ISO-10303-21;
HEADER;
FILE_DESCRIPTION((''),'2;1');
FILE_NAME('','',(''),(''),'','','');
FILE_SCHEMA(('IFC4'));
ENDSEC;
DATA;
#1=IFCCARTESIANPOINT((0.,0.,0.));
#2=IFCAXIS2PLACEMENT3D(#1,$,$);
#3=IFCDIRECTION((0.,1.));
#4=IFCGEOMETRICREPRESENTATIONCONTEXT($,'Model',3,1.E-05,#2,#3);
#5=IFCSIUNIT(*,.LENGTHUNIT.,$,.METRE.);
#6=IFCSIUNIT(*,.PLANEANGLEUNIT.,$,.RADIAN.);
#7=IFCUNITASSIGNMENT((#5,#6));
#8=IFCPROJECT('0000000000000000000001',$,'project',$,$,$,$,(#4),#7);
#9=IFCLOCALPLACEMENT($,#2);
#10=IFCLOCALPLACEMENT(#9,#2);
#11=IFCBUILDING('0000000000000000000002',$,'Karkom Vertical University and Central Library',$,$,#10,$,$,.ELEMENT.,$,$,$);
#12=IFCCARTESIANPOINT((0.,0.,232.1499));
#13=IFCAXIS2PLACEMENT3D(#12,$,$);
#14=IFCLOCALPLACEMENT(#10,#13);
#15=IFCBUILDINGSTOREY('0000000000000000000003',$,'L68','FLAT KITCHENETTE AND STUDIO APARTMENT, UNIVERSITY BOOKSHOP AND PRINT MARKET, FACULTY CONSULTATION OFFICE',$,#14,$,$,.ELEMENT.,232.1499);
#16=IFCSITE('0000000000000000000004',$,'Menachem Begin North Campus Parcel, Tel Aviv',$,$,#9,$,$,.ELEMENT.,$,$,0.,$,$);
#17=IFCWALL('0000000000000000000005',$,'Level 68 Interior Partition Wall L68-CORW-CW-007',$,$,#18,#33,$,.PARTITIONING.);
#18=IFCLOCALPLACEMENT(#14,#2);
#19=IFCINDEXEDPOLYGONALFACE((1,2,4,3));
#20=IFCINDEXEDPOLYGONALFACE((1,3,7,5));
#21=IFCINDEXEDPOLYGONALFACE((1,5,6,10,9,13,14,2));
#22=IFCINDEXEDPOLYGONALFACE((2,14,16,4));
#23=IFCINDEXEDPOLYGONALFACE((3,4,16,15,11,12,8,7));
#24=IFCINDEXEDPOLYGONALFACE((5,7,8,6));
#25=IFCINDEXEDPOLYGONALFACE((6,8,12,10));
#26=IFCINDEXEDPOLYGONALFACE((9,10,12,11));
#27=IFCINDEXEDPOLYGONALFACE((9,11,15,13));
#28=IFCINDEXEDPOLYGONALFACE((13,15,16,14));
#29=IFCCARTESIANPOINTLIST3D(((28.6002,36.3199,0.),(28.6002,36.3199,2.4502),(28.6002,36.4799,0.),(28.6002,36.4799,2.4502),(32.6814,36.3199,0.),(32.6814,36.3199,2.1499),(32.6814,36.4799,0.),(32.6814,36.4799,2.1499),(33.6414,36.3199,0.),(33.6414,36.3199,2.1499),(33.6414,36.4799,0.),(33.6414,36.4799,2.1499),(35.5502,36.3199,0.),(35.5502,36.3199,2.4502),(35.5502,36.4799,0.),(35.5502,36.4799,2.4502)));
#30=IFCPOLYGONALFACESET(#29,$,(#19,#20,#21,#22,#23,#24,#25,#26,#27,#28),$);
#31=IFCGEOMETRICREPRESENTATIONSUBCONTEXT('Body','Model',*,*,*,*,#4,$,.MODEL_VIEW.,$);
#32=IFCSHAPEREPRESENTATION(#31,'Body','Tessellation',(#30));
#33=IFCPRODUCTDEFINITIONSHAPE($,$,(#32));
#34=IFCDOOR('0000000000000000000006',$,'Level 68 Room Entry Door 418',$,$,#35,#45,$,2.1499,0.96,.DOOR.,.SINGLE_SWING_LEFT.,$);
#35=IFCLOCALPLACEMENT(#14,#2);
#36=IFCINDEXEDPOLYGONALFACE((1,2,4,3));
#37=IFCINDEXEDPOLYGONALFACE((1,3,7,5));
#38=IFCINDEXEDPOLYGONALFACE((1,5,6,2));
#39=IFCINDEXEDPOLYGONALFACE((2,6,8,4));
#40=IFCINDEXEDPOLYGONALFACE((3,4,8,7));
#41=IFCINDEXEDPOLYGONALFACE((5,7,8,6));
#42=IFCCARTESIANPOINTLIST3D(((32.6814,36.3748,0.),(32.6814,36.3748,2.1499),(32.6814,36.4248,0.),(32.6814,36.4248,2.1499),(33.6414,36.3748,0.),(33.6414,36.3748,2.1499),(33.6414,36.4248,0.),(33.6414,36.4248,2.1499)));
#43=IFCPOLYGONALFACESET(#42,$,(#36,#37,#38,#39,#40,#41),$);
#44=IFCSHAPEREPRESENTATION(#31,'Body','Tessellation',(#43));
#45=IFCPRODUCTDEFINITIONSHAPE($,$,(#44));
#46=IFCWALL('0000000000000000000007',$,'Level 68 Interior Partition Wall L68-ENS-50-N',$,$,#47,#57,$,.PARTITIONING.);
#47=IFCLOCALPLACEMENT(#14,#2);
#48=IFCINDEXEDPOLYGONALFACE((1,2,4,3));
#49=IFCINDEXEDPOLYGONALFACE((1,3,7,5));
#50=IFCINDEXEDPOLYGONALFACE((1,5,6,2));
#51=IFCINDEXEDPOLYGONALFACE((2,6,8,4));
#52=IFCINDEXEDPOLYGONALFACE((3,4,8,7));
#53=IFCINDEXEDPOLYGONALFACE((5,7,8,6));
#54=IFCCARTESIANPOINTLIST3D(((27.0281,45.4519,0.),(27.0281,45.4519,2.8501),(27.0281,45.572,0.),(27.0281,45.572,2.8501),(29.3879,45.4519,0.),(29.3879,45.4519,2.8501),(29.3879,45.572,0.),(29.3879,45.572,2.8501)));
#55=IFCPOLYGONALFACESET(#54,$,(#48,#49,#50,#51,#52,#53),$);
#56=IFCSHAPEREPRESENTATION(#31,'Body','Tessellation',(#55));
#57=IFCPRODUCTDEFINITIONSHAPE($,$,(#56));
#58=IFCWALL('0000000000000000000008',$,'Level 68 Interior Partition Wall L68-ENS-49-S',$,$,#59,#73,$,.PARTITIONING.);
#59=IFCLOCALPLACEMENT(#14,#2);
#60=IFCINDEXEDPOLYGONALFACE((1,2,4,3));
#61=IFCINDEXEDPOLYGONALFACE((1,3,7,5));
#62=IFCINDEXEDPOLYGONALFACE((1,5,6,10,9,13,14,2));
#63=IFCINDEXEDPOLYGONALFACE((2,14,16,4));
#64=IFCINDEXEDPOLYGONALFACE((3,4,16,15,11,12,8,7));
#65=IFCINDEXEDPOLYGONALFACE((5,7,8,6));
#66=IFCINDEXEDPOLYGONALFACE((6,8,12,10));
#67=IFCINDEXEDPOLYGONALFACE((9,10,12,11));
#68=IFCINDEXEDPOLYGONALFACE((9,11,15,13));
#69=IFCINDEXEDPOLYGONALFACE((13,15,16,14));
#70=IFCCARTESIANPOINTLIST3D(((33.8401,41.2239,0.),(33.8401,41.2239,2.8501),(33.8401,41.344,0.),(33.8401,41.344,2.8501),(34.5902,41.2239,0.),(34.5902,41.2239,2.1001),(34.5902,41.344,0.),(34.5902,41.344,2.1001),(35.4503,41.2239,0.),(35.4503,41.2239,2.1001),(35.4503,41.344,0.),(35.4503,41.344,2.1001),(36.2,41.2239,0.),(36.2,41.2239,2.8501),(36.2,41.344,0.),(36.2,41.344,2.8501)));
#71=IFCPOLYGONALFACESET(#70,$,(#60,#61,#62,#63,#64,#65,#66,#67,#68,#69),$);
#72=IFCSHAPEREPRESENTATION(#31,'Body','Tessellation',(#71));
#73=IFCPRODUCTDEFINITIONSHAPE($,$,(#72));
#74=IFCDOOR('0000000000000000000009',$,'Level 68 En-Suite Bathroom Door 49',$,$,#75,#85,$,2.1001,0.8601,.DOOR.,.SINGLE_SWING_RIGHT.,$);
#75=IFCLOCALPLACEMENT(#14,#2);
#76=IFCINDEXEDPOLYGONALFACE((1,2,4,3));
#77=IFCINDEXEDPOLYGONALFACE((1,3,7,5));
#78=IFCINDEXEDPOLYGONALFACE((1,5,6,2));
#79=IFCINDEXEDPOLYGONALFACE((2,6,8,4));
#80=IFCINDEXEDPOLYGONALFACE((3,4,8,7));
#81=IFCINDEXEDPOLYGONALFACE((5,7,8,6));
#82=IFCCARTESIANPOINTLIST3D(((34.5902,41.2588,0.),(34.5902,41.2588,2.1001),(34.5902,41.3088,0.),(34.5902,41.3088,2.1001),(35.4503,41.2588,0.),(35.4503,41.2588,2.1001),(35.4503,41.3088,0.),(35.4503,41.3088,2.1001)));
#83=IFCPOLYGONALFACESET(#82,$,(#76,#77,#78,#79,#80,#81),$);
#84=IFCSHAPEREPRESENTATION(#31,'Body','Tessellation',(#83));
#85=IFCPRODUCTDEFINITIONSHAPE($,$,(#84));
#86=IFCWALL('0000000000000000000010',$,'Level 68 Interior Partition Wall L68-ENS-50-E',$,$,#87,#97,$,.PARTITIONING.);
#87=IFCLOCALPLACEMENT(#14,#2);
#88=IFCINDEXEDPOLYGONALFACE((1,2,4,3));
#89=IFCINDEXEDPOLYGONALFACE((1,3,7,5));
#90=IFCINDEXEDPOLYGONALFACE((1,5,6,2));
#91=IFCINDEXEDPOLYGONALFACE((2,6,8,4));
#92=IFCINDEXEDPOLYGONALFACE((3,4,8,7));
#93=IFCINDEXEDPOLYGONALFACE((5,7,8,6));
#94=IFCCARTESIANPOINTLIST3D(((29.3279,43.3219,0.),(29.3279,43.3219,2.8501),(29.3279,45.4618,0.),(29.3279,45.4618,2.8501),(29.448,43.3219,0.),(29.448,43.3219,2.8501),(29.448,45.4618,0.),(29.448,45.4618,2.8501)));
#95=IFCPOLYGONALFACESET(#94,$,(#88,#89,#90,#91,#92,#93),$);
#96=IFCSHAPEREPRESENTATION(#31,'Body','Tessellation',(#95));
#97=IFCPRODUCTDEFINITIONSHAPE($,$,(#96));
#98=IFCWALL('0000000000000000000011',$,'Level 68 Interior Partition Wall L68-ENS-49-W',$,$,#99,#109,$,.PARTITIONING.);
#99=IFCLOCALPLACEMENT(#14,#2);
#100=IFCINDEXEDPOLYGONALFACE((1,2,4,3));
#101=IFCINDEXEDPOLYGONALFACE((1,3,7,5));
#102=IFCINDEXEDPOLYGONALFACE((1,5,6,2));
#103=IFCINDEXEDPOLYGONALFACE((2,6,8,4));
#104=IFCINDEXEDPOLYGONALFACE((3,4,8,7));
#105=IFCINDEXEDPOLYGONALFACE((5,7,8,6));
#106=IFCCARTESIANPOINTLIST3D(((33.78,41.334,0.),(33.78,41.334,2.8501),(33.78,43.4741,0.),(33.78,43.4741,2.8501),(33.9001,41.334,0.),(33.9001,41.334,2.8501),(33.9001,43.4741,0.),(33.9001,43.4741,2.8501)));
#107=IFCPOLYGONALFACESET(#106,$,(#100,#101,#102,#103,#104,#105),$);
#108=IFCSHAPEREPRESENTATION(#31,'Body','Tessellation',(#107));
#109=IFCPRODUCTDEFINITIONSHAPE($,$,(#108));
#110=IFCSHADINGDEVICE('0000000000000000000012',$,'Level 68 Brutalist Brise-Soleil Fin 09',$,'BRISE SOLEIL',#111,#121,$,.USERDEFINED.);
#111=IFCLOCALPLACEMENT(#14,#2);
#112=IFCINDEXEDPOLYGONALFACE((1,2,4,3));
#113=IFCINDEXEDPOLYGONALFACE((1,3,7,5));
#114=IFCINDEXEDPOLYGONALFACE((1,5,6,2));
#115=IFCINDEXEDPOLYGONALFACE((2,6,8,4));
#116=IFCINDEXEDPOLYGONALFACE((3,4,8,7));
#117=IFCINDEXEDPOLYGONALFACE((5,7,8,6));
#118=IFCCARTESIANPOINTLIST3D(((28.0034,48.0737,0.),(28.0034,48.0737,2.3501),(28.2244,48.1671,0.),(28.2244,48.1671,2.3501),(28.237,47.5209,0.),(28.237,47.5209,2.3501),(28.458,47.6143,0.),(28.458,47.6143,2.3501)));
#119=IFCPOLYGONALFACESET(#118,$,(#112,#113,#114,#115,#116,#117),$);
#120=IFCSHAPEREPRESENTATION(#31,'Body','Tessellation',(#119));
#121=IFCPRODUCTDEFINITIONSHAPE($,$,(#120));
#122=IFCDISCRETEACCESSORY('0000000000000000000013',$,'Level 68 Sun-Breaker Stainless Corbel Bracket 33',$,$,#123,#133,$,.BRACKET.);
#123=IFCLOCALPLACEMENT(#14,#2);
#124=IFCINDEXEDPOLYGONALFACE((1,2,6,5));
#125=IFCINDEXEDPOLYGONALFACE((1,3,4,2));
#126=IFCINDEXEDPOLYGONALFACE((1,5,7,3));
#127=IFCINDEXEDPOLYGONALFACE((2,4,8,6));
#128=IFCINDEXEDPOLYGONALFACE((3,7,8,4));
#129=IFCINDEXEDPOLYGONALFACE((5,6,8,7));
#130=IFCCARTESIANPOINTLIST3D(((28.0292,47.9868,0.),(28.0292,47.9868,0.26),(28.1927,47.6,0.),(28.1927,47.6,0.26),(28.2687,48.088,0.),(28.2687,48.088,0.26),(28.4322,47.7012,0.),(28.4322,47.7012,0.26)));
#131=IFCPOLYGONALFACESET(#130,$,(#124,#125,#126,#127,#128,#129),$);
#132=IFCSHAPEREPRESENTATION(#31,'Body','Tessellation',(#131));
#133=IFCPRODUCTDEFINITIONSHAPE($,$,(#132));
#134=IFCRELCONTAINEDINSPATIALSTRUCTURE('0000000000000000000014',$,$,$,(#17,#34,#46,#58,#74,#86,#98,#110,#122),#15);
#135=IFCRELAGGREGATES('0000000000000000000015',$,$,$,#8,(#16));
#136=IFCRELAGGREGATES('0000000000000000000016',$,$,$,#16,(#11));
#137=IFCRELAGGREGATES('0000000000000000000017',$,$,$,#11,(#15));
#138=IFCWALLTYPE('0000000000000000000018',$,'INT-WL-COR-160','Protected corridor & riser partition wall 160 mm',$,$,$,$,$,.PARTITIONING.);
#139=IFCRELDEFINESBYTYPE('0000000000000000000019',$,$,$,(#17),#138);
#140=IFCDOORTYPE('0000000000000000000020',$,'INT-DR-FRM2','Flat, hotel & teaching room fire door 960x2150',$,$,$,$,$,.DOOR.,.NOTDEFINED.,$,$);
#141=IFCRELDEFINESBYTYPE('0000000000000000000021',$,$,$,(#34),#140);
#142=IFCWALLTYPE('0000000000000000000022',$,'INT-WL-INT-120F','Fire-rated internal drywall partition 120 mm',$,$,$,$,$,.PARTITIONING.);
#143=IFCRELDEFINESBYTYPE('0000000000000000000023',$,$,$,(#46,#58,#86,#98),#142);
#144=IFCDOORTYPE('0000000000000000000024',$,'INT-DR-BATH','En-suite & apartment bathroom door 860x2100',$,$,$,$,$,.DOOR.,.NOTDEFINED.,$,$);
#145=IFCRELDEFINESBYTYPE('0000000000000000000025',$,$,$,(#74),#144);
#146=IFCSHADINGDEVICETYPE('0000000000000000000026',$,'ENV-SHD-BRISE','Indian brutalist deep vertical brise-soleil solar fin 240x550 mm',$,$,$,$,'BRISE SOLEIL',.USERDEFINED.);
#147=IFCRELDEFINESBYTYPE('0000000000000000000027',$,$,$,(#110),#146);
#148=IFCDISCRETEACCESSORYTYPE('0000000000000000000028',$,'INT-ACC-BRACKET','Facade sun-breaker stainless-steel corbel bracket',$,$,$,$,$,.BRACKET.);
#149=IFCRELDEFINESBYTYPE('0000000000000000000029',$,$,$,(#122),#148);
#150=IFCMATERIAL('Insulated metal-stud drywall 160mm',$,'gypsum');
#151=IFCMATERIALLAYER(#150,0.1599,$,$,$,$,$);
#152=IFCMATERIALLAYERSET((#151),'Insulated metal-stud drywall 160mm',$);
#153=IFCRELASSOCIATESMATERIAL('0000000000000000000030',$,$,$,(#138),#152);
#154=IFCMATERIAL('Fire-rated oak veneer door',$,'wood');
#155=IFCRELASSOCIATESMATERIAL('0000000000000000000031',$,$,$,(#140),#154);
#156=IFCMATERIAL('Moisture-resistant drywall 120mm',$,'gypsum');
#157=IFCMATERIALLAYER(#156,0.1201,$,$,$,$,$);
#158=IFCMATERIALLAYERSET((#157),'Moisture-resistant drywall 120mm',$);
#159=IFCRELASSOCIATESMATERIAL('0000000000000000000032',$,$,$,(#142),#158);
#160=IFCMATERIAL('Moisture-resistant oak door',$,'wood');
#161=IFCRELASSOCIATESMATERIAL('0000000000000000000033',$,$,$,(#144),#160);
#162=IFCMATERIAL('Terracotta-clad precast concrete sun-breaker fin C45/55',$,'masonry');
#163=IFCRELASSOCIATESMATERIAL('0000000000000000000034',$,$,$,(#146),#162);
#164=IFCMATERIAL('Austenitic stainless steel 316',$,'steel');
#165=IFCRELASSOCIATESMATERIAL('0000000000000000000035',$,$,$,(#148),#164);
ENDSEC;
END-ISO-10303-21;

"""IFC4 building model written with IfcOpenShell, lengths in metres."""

from ifc_helpers import new_model, si_unit, direction, frame, frame_2d, origin, origin_with_axes, origin_2d, place, context, subcontext, project, spatial, rectangle, extrude, source, transform, mapped, material, layer, layer_set, type_object, element, fill, save


model = new_model("IFC4")

# Units and contexts
model_context = context("Model", 3, precision=1e-05, world=origin(), true_north=direction((0.0, 1.0)))
body_context = subcontext(model_context, "Body", "Model", "MODEL_VIEW")
ifc_project = project(units=[si_unit("LENGTHUNIT", "METRE"), si_unit("PLANEANGLEUNIT", "RADIAN")], contexts=[model_context])

# Site, building, storey
site_placement = place(None, origin())
site = spatial("IfcSite", under=ifc_project, at=site_placement, Name="Menachem Begin North Campus Parcel, Tel Aviv", CompositionType="ELEMENT", RefElevation=0.0)
building_placement = place(site_placement, origin())
building = spatial("IfcBuilding", under=site, at=building_placement, Name="Karkom Vertical University and Central Library", CompositionType="ELEMENT")
storey_placement = place(building_placement, frame((0.0, 0.0, 232.1499)))
storey = spatial("IfcBuildingStorey", under=building, at=storey_placement, Name="L68", Description="FLAT KITCHENETTE AND STUDIO APARTMENT, UNIVERSITY BOOKSHOP AND PRINT MARKET, FACULTY CONSULTATION OFFICE", CompositionType="ELEMENT", Elevation=232.1499)

# Shared definitions
ifc_material_1 = material(Name="Insulated metal-stud drywall 160mm", Category="gypsum")
ifc_layer_1 = layer(ifc_material_1, 0.1599)
ifc_layer_set_1 = layer_set([ifc_layer_1], Name="Insulated metal-stud drywall 160mm")
wall_type_1 = type_object("IfcWallType", Name="INT-WL-COR-160", Description="Protected corridor & riser partition wall 160 mm", PredefinedType="PARTITIONING", material=ifc_layer_set_1)

# Wall, opening, door
wall_1_placement = place(storey_placement, frame((28.6001, 36.3999, 0.0), z_axis=(0.0, 0.0, 1.0), x_axis=(1.0, 0.0, 0.0)))
wall_1 = element("IfcWall", 1, at=wall_1_placement, inside=storey, type_object=wall_type_1, Name="Level 68 Interior Partition Wall L68-CORW-CW-007", PredefinedType="PARTITIONING", context=body_context, shape_type="SweptSolid", body=[
    extrude(rectangle(XDim=6.95, YDim=0.1599, at=frame_2d((3.4751, 0.0))), origin(), (0.0, 0.0, 1.0), 2.4502),
])
opening_1_placement = place(wall_1_placement, frame((4.0813, 0.0, 0.0)))
opening_1 = element("IfcOpeningElement", 2, at=opening_1_placement, cuts=wall_1, PredefinedType="OPENING", context=body_context, shape_type="SweptSolid", body=[
    extrude(rectangle(XDim=0.96, YDim=2.1499, at=frame_2d((0.48, 1.075))), frame((0.0, 0.0898, 0.0), z_axis=(0.0, -1.0, 0.0), x_axis=(1.0, 0.0, 0.0)), (0.0, 0.0, 1.0), 0.1799),
])
ifc_material_2 = material(Name="Fire-rated oak veneer door", Category="wood")
door_type_1 = type_object("IfcDoorType", Name="INT-DR-FRM2", Description="Flat, hotel & teaching room fire door 960x2150", OperationType="NOTDEFINED", PredefinedType="DOOR", material=ifc_material_2)
shared_shape_1 = source(origin_with_axes(), body_context, "Body", "SweptSolid", [
    extrude(rectangle(XDim=0.96, YDim=2.1499, at=frame_2d((0.48, 1.075))), frame((0.0, 0.0249, 0.0), z_axis=(0.0, -1.0, 0.0), x_axis=(1.0, 0.0, 0.0)), (0.0, 0.0, 1.0), 0.05),
])
door_1_placement = place(opening_1_placement, origin())
door_1 = element("IfcDoor", 3, at=door_1_placement, inside=storey, type_object=door_type_1, Name="Level 68 Room Entry Door 418", OperationType="SINGLE_SWING_LEFT", OverallHeight=2.1499, OverallWidth=0.96, PredefinedType="DOOR", context=body_context, shape_type="MappedRepresentation", body=[
    mapped(shared_shape_1, transform((0.0, 0.0, 0.0), scale=1.0)),
])
fill(opening_1, door_1)

# Wall
ifc_material_3 = material(Name="Moisture-resistant drywall 120mm", Category="gypsum")
ifc_layer_2 = layer(ifc_material_3, 0.1201)
ifc_layer_set_2 = layer_set([ifc_layer_2], Name="Moisture-resistant drywall 120mm")
wall_type_2 = type_object("IfcWallType", Name="INT-WL-INT-120F", Description="Fire-rated internal drywall partition 120 mm", PredefinedType="PARTITIONING", material=ifc_layer_set_2)
wall_2_placement = place(storey_placement, frame((29.3879, 45.512, 0.0), z_axis=(0.0, 0.0, 1.0), x_axis=(-1.0, 0.0, 0.0)))
element("IfcWall", 4, at=wall_2_placement, inside=storey, type_object=wall_type_2, Name="Level 68 Interior Partition Wall L68-ENS-50-N", PredefinedType="PARTITIONING", context=body_context, shape_type="SweptSolid", body=[
    extrude(rectangle(XDim=2.3599, YDim=0.1201, at=frame_2d((1.1799, 0.0))), origin(), (0.0, 0.0, 1.0), 2.8501),
])

# Wall, opening, door
wall_3_placement = place(storey_placement, frame((33.8401, 41.2839, 0.0), z_axis=(0.0, 0.0, 1.0), x_axis=(1.0, 0.0, 0.0)))
wall_3 = element("IfcWall", 5, at=wall_3_placement, inside=storey, type_object=wall_type_2, Name="Level 68 Interior Partition Wall L68-ENS-49-S", PredefinedType="PARTITIONING", context=body_context, shape_type="SweptSolid", body=[
    extrude(rectangle(XDim=2.3599, YDim=0.1201, at=frame_2d((1.1799, 0.0))), origin(), (0.0, 0.0, 1.0), 2.8501),
])
opening_2_placement = place(wall_3_placement, frame((0.75, 0.0, 0.0)))
opening_2 = element("IfcOpeningElement", 6, at=opening_2_placement, cuts=wall_3, PredefinedType="OPENING", context=body_context, shape_type="SweptSolid", body=[
    extrude(rectangle(XDim=0.8601, YDim=2.1001, at=frame_2d((0.4302, 1.05))), frame((0.0, 0.0701, 0.0), z_axis=(0.0, -1.0, 0.0), x_axis=(1.0, 0.0, 0.0)), (0.0, 0.0, 1.0), 0.1401),
])
ifc_material_4 = material(Name="Moisture-resistant oak door", Category="wood")
door_type_2 = type_object("IfcDoorType", Name="INT-DR-BATH", Description="En-suite & apartment bathroom door 860x2100", OperationType="NOTDEFINED", PredefinedType="DOOR", material=ifc_material_4)
shared_shape_2 = source(origin_with_axes(), body_context, "Body", "SweptSolid", [
    extrude(rectangle(XDim=0.8601, YDim=2.1001, at=frame_2d((0.4302, 1.05))), frame((0.0, 0.0249, 0.0), z_axis=(0.0, -1.0, 0.0), x_axis=(1.0, 0.0, 0.0)), (0.0, 0.0, 1.0), 0.05),
])
door_2_placement = place(opening_2_placement, origin())
door_2 = element("IfcDoor", 7, at=door_2_placement, inside=storey, type_object=door_type_2, Name="Level 68 En-Suite Bathroom Door 49", OperationType="SINGLE_SWING_RIGHT", OverallHeight=2.1001, OverallWidth=0.8601, PredefinedType="DOOR", context=body_context, shape_type="MappedRepresentation", body=[
    mapped(shared_shape_2, transform((0.0, 0.0, 0.0), scale=1.0)),
])
fill(opening_2, door_2)

# Walls
wall_4_placement = place(storey_placement, frame((29.3879, 43.322, 0.0), z_axis=(0.0, 0.0, 1.0), x_axis=(0.0, 1.0, 0.0)))
element("IfcWall", 8, at=wall_4_placement, inside=storey, type_object=wall_type_2, Name="Level 68 Interior Partition Wall L68-ENS-50-E", PredefinedType="PARTITIONING", context=body_context, shape_type="SweptSolid", body=[
    extrude(rectangle(XDim=2.1399, YDim=0.1201, at=frame_2d((1.0698, 0.0))), origin(), (0.0, 0.0, 1.0), 2.8501),
])
wall_5_placement = place(storey_placement, frame((33.8401, 43.4741, 0.0), z_axis=(0.0, 0.0, 1.0), x_axis=(0.0, -1.0, 0.0)))
element("IfcWall", 9, at=wall_5_placement, inside=storey, type_object=wall_type_2, Name="Level 68 Interior Partition Wall L68-ENS-49-W", PredefinedType="PARTITIONING", context=body_context, shape_type="SweptSolid", body=[
    extrude(rectangle(XDim=2.1401, YDim=0.1201, at=frame_2d((1.0701, 0.0))), origin(), (0.0, 0.0, 1.0), 2.8501),
])

# Shading device
ifc_material_5 = material(Name="Terracotta-clad precast concrete sun-breaker fin C45/55", Category="masonry")
shading_device_type = type_object("IfcShadingDeviceType", Name="ENV-SHD-BRISE", Description="Indian brutalist deep vertical brise-soleil solar fin 240x550 mm", ElementType="BRISE SOLEIL", PredefinedType="USERDEFINED", material=ifc_material_5)
shared_shape_3 = source(origin_with_axes(), body_context, "Body", "SweptSolid", [
    extrude(rectangle(XDim=0.24, YDim=0.6001, at=origin_2d()), origin(), (0.0, 0.0, 1.0), 2.3501),
])
shading_device_placement = place(storey_placement, frame((28.2307, 47.844, 0.0), z_axis=(0.0, 0.0, 1.0), x_axis=(-0.921117, -0.389285, 0.0)))
element("IfcShadingDevice", 10, at=shading_device_placement, inside=storey, type_object=shading_device_type, Name="Level 68 Brutalist Brise-Soleil Fin 09", ObjectType="BRISE SOLEIL", PredefinedType="USERDEFINED", context=body_context, shape_type="MappedRepresentation", body=[
    mapped(shared_shape_3, transform((0.0, 0.0, 0.0), scale=1.0)),
])

# Discrete accessory
ifc_material_6 = material(Name="Austenitic stainless steel 316", Category="steel")
discrete_accessory_type = type_object("IfcDiscreteAccessoryType", Name="INT-ACC-BRACKET", Description="Facade sun-breaker stainless-steel corbel bracket", PredefinedType="BRACKET", material=ifc_material_6)
shared_shape_4 = source(origin_with_axes(), body_context, "Body", "SweptSolid", [
    extrude(rectangle(XDim=0.26, YDim=0.4199, at=origin_2d()), origin(), (0.0, 0.0, 1.0), 0.26),
])
discrete_accessory_placement = place(storey_placement, frame((28.2307, 47.844, 0.0), z_axis=(0.0, 0.0, 1.0), x_axis=(-0.921117, -0.389285, 0.0)))
element("IfcDiscreteAccessory", 11, at=discrete_accessory_placement, inside=storey, type_object=discrete_accessory_type, Name="Level 68 Sun-Breaker Stainless Corbel Bracket 33", PredefinedType="BRACKET", context=body_context, shape_type="MappedRepresentation", body=[
    mapped(shared_shape_4, transform((0.0, 0.0, 0.0), scale=1.0)),
])

save(model, "model.ifc")
